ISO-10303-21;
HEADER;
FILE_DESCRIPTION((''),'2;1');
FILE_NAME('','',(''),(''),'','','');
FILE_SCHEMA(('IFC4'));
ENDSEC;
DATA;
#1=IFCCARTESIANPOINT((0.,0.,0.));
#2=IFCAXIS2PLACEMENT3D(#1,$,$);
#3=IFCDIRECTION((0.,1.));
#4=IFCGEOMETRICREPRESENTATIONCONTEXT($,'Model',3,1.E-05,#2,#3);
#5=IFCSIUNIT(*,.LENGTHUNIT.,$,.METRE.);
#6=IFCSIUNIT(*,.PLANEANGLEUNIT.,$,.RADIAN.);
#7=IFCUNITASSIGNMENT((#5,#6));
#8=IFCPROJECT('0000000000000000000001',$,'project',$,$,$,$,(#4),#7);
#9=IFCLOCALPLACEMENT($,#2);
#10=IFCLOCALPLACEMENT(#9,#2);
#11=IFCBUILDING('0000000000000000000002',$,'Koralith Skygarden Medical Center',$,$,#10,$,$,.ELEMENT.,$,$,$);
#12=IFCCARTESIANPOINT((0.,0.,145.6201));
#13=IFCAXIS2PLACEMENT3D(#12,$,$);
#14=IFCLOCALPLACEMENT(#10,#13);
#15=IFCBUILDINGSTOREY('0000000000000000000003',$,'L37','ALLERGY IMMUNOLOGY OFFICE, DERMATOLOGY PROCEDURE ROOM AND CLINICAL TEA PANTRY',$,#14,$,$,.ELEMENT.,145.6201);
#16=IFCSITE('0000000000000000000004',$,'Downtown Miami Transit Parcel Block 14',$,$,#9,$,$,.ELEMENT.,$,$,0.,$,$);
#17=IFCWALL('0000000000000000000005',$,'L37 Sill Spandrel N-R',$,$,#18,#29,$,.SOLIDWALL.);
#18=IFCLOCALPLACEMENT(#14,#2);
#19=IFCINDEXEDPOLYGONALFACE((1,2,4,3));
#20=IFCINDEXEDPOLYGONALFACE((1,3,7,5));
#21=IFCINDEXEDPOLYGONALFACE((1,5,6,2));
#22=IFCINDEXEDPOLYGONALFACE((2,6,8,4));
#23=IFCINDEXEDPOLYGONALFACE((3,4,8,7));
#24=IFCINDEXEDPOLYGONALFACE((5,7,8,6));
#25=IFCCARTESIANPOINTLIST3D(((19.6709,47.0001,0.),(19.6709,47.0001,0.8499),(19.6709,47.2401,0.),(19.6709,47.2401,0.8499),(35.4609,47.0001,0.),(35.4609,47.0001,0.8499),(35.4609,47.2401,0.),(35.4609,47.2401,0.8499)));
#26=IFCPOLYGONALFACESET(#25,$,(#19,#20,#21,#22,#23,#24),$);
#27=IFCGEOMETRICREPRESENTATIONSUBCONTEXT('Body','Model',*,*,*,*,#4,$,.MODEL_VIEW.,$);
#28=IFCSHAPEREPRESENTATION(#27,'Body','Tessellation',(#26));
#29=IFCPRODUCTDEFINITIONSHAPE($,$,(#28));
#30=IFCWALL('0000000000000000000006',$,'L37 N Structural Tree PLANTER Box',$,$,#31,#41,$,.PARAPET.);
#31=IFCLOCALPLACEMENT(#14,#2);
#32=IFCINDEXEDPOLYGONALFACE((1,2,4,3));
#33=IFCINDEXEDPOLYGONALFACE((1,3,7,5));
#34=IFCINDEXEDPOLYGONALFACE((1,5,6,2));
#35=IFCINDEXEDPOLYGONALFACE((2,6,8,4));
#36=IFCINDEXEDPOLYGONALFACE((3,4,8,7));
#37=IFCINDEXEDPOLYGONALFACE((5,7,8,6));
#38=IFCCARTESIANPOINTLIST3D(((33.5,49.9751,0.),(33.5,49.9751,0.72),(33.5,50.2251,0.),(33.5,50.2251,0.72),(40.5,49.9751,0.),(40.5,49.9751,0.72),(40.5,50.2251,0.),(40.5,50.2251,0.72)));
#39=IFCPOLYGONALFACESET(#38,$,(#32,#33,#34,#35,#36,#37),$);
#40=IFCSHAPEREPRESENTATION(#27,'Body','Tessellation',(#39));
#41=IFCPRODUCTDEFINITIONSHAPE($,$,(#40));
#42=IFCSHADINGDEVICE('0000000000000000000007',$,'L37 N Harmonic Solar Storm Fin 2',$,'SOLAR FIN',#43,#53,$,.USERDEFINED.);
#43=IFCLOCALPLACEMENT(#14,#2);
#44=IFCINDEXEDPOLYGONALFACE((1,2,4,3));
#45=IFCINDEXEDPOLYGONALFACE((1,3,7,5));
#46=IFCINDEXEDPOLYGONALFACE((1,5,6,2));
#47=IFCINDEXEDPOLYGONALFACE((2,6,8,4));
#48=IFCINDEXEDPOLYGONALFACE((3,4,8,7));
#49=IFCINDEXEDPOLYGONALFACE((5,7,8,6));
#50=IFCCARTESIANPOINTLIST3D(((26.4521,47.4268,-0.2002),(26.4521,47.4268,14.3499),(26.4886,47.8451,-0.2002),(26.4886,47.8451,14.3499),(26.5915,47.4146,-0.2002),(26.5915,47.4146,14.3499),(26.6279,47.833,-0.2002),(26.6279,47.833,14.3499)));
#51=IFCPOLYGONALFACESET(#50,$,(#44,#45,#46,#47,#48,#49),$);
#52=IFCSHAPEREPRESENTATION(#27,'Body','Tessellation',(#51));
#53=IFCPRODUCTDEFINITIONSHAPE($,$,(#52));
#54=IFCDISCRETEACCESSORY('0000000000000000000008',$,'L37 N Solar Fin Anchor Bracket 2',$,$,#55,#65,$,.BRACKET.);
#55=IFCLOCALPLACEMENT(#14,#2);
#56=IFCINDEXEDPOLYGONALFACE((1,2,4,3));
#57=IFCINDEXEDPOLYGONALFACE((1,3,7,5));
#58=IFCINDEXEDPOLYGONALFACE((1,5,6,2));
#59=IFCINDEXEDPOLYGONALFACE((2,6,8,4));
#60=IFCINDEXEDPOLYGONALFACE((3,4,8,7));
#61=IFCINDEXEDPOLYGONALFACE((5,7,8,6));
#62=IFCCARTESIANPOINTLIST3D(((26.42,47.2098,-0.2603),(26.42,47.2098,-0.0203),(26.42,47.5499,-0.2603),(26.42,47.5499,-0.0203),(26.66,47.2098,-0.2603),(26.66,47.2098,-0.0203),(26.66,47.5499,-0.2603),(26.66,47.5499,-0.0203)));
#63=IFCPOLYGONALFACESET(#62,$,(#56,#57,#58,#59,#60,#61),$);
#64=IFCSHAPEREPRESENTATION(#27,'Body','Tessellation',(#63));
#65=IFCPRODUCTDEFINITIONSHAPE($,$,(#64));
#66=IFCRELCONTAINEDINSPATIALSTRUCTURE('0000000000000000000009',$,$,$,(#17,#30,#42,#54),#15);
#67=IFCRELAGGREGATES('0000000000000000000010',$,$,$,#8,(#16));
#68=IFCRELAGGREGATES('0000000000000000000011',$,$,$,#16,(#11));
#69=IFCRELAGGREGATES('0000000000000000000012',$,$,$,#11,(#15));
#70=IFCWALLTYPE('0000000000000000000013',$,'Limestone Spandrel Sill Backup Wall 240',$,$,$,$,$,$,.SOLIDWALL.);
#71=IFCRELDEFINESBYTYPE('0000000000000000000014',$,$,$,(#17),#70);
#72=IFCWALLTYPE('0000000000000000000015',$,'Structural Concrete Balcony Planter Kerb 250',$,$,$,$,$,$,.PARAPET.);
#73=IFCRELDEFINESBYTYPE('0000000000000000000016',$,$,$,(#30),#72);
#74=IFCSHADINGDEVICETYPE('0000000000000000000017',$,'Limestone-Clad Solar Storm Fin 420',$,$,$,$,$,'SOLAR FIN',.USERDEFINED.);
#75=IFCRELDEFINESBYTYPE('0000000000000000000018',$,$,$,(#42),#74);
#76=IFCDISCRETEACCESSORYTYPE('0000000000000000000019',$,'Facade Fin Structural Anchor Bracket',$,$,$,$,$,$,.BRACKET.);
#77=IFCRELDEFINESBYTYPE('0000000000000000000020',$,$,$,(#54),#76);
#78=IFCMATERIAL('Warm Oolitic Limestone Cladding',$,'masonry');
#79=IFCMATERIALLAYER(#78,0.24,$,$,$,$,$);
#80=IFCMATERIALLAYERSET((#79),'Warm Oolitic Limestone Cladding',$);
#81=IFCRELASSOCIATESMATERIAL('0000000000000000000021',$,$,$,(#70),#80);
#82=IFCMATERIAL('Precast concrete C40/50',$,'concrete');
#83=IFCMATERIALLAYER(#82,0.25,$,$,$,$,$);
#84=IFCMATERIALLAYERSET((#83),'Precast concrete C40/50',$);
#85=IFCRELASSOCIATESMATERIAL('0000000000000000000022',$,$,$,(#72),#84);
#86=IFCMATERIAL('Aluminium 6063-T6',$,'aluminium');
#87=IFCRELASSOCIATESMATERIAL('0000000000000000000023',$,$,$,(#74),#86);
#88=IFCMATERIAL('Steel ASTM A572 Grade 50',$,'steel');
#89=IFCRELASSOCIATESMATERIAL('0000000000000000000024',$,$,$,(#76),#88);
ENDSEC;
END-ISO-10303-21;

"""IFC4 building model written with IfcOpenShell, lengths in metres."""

from ifc_helpers import new_model, si_unit, direction, frame, frame_2d, origin, origin_2d, place, context, subcontext, project, spatial, rectangle, extrude, material, layer, layer_set, type_object, element, save


model = new_model("IFC4")

# Units and contexts
model_context = context("Model", 3, precision=1e-05, world=origin(), true_north=direction((0.0, 1.0)))
body_context = subcontext(model_context, "Body", "Model", "MODEL_VIEW")
ifc_project = project(units=[si_unit("LENGTHUNIT", "METRE"), si_unit("PLANEANGLEUNIT", "RADIAN")], contexts=[model_context])

# Site, building, storey
site_placement = place(None, origin())
site = spatial("IfcSite", under=ifc_project, at=site_placement, Name="Downtown Miami Transit Parcel Block 14", CompositionType="ELEMENT", RefElevation=0.0)
building_placement = place(site_placement, origin())
building = spatial("IfcBuilding", under=site, at=building_placement, Name="Koralith Skygarden Medical Center", CompositionType="ELEMENT")
storey_placement = place(building_placement, frame((0.0, 0.0, 145.6201)))
storey = spatial("IfcBuildingStorey", under=building, at=storey_placement, Name="L37", Description="ALLERGY IMMUNOLOGY OFFICE, DERMATOLOGY PROCEDURE ROOM AND CLINICAL TEA PANTRY", CompositionType="ELEMENT", Elevation=145.6201)

# Shared definitions
ifc_material_1 = material(Name="Aluminium 6063-T6", Category="aluminium")

# Walls
ifc_material_2 = material(Name="Warm Oolitic Limestone Cladding", Category="masonry")
ifc_layer_1 = layer(ifc_material_2, 0.24)
ifc_layer_set_1 = layer_set([ifc_layer_1], Name="Warm Oolitic Limestone Cladding")
wall_type_1 = type_object("IfcWallType", Name="Limestone Spandrel Sill Backup Wall 240", PredefinedType="SOLIDWALL", material=ifc_layer_set_1)
wall_1_placement = place(storey_placement, frame((35.4609, 47.1201, 0.0), z_axis=(0.0, 0.0, 1.0), x_axis=(-1.0, 0.0, 0.0)))
element("IfcWall", 1, at=wall_1_placement, inside=storey, type_object=wall_type_1, Name="L37 Sill Spandrel N-R", PredefinedType="SOLIDWALL", context=body_context, shape_type="SweptSolid", body=[
    extrude(rectangle(XDim=15.79, YDim=0.24, at=frame_2d((7.895, 0.0))), origin(), (0.0, 0.0, 1.0), 0.8499),
])
ifc_material_3 = material(Name="Precast concrete C40/50", Category="concrete")
ifc_layer_2 = layer(ifc_material_3, 0.25)
ifc_layer_set_2 = layer_set([ifc_layer_2], Name="Precast concrete C40/50")
wall_type_2 = type_object("IfcWallType", Name="Structural Concrete Balcony Planter Kerb 250", PredefinedType="PARAPET", material=ifc_layer_set_2)
wall_2_placement = place(storey_placement, frame((33.5, 50.1001, 0.0), z_axis=(0.0, 0.0, 1.0), x_axis=(1.0, 0.0, 0.0)))
element("IfcWall", 2, at=wall_2_placement, inside=storey, type_object=wall_type_2, Name="L37 N Structural Tree PLANTER Box", PredefinedType="PARAPET", context=body_context, shape_type="SweptSolid", body=[
    extrude(rectangle(XDim=7.0, YDim=0.25, at=frame_2d((3.5, 0.0))), origin(), (0.0, 0.0, 1.0), 0.72),
])

# Shading device
shading_device_type = type_object("IfcShadingDeviceType", Name="Limestone-Clad Solar Storm Fin 420", ElementType="SOLAR FIN", PredefinedType="USERDEFINED", material=ifc_material_1)
shading_device_placement = place(storey_placement, frame((26.54, 47.6299, -0.2002), z_axis=(0.0, 0.0, 1.0), x_axis=(0.086756, 0.99623, 0.0)))
element("IfcShadingDevice", 3, at=shading_device_placement, inside=storey, type_object=shading_device_type, Name="L37 N Harmonic Solar Storm Fin 2", ObjectType="SOLAR FIN", PredefinedType="USERDEFINED", context=body_context, shape_type="SweptSolid", body=[
    extrude(rectangle(XDim=0.4199, YDim=0.1399, at=origin_2d()), origin(), (0.0, 0.0, 1.0), 14.55),
])

# Discrete accessory
ifc_material_4 = material(Name="Steel ASTM A572 Grade 50", Category="steel")
discrete_accessory_type = type_object("IfcDiscreteAccessoryType", Name="Facade Fin Structural Anchor Bracket", PredefinedType="BRACKET", material=ifc_material_4)
discrete_accessory_placement = place(storey_placement, frame((26.54, 47.3799, -0.2603), z_axis=(0.0, 0.0, 1.0), x_axis=(0.0, 1.0, 0.0)))
element("IfcDiscreteAccessory", 4, at=discrete_accessory_placement, inside=storey, type_object=discrete_accessory_type, Name="L37 N Solar Fin Anchor Bracket 2", PredefinedType="BRACKET", context=body_context, shape_type="SweptSolid", body=[
    extrude(rectangle(XDim=0.3401, YDim=0.24, at=origin_2d()), origin(), (0.0, 0.0, 1.0), 0.24),
])

save(model, "model.ifc")
